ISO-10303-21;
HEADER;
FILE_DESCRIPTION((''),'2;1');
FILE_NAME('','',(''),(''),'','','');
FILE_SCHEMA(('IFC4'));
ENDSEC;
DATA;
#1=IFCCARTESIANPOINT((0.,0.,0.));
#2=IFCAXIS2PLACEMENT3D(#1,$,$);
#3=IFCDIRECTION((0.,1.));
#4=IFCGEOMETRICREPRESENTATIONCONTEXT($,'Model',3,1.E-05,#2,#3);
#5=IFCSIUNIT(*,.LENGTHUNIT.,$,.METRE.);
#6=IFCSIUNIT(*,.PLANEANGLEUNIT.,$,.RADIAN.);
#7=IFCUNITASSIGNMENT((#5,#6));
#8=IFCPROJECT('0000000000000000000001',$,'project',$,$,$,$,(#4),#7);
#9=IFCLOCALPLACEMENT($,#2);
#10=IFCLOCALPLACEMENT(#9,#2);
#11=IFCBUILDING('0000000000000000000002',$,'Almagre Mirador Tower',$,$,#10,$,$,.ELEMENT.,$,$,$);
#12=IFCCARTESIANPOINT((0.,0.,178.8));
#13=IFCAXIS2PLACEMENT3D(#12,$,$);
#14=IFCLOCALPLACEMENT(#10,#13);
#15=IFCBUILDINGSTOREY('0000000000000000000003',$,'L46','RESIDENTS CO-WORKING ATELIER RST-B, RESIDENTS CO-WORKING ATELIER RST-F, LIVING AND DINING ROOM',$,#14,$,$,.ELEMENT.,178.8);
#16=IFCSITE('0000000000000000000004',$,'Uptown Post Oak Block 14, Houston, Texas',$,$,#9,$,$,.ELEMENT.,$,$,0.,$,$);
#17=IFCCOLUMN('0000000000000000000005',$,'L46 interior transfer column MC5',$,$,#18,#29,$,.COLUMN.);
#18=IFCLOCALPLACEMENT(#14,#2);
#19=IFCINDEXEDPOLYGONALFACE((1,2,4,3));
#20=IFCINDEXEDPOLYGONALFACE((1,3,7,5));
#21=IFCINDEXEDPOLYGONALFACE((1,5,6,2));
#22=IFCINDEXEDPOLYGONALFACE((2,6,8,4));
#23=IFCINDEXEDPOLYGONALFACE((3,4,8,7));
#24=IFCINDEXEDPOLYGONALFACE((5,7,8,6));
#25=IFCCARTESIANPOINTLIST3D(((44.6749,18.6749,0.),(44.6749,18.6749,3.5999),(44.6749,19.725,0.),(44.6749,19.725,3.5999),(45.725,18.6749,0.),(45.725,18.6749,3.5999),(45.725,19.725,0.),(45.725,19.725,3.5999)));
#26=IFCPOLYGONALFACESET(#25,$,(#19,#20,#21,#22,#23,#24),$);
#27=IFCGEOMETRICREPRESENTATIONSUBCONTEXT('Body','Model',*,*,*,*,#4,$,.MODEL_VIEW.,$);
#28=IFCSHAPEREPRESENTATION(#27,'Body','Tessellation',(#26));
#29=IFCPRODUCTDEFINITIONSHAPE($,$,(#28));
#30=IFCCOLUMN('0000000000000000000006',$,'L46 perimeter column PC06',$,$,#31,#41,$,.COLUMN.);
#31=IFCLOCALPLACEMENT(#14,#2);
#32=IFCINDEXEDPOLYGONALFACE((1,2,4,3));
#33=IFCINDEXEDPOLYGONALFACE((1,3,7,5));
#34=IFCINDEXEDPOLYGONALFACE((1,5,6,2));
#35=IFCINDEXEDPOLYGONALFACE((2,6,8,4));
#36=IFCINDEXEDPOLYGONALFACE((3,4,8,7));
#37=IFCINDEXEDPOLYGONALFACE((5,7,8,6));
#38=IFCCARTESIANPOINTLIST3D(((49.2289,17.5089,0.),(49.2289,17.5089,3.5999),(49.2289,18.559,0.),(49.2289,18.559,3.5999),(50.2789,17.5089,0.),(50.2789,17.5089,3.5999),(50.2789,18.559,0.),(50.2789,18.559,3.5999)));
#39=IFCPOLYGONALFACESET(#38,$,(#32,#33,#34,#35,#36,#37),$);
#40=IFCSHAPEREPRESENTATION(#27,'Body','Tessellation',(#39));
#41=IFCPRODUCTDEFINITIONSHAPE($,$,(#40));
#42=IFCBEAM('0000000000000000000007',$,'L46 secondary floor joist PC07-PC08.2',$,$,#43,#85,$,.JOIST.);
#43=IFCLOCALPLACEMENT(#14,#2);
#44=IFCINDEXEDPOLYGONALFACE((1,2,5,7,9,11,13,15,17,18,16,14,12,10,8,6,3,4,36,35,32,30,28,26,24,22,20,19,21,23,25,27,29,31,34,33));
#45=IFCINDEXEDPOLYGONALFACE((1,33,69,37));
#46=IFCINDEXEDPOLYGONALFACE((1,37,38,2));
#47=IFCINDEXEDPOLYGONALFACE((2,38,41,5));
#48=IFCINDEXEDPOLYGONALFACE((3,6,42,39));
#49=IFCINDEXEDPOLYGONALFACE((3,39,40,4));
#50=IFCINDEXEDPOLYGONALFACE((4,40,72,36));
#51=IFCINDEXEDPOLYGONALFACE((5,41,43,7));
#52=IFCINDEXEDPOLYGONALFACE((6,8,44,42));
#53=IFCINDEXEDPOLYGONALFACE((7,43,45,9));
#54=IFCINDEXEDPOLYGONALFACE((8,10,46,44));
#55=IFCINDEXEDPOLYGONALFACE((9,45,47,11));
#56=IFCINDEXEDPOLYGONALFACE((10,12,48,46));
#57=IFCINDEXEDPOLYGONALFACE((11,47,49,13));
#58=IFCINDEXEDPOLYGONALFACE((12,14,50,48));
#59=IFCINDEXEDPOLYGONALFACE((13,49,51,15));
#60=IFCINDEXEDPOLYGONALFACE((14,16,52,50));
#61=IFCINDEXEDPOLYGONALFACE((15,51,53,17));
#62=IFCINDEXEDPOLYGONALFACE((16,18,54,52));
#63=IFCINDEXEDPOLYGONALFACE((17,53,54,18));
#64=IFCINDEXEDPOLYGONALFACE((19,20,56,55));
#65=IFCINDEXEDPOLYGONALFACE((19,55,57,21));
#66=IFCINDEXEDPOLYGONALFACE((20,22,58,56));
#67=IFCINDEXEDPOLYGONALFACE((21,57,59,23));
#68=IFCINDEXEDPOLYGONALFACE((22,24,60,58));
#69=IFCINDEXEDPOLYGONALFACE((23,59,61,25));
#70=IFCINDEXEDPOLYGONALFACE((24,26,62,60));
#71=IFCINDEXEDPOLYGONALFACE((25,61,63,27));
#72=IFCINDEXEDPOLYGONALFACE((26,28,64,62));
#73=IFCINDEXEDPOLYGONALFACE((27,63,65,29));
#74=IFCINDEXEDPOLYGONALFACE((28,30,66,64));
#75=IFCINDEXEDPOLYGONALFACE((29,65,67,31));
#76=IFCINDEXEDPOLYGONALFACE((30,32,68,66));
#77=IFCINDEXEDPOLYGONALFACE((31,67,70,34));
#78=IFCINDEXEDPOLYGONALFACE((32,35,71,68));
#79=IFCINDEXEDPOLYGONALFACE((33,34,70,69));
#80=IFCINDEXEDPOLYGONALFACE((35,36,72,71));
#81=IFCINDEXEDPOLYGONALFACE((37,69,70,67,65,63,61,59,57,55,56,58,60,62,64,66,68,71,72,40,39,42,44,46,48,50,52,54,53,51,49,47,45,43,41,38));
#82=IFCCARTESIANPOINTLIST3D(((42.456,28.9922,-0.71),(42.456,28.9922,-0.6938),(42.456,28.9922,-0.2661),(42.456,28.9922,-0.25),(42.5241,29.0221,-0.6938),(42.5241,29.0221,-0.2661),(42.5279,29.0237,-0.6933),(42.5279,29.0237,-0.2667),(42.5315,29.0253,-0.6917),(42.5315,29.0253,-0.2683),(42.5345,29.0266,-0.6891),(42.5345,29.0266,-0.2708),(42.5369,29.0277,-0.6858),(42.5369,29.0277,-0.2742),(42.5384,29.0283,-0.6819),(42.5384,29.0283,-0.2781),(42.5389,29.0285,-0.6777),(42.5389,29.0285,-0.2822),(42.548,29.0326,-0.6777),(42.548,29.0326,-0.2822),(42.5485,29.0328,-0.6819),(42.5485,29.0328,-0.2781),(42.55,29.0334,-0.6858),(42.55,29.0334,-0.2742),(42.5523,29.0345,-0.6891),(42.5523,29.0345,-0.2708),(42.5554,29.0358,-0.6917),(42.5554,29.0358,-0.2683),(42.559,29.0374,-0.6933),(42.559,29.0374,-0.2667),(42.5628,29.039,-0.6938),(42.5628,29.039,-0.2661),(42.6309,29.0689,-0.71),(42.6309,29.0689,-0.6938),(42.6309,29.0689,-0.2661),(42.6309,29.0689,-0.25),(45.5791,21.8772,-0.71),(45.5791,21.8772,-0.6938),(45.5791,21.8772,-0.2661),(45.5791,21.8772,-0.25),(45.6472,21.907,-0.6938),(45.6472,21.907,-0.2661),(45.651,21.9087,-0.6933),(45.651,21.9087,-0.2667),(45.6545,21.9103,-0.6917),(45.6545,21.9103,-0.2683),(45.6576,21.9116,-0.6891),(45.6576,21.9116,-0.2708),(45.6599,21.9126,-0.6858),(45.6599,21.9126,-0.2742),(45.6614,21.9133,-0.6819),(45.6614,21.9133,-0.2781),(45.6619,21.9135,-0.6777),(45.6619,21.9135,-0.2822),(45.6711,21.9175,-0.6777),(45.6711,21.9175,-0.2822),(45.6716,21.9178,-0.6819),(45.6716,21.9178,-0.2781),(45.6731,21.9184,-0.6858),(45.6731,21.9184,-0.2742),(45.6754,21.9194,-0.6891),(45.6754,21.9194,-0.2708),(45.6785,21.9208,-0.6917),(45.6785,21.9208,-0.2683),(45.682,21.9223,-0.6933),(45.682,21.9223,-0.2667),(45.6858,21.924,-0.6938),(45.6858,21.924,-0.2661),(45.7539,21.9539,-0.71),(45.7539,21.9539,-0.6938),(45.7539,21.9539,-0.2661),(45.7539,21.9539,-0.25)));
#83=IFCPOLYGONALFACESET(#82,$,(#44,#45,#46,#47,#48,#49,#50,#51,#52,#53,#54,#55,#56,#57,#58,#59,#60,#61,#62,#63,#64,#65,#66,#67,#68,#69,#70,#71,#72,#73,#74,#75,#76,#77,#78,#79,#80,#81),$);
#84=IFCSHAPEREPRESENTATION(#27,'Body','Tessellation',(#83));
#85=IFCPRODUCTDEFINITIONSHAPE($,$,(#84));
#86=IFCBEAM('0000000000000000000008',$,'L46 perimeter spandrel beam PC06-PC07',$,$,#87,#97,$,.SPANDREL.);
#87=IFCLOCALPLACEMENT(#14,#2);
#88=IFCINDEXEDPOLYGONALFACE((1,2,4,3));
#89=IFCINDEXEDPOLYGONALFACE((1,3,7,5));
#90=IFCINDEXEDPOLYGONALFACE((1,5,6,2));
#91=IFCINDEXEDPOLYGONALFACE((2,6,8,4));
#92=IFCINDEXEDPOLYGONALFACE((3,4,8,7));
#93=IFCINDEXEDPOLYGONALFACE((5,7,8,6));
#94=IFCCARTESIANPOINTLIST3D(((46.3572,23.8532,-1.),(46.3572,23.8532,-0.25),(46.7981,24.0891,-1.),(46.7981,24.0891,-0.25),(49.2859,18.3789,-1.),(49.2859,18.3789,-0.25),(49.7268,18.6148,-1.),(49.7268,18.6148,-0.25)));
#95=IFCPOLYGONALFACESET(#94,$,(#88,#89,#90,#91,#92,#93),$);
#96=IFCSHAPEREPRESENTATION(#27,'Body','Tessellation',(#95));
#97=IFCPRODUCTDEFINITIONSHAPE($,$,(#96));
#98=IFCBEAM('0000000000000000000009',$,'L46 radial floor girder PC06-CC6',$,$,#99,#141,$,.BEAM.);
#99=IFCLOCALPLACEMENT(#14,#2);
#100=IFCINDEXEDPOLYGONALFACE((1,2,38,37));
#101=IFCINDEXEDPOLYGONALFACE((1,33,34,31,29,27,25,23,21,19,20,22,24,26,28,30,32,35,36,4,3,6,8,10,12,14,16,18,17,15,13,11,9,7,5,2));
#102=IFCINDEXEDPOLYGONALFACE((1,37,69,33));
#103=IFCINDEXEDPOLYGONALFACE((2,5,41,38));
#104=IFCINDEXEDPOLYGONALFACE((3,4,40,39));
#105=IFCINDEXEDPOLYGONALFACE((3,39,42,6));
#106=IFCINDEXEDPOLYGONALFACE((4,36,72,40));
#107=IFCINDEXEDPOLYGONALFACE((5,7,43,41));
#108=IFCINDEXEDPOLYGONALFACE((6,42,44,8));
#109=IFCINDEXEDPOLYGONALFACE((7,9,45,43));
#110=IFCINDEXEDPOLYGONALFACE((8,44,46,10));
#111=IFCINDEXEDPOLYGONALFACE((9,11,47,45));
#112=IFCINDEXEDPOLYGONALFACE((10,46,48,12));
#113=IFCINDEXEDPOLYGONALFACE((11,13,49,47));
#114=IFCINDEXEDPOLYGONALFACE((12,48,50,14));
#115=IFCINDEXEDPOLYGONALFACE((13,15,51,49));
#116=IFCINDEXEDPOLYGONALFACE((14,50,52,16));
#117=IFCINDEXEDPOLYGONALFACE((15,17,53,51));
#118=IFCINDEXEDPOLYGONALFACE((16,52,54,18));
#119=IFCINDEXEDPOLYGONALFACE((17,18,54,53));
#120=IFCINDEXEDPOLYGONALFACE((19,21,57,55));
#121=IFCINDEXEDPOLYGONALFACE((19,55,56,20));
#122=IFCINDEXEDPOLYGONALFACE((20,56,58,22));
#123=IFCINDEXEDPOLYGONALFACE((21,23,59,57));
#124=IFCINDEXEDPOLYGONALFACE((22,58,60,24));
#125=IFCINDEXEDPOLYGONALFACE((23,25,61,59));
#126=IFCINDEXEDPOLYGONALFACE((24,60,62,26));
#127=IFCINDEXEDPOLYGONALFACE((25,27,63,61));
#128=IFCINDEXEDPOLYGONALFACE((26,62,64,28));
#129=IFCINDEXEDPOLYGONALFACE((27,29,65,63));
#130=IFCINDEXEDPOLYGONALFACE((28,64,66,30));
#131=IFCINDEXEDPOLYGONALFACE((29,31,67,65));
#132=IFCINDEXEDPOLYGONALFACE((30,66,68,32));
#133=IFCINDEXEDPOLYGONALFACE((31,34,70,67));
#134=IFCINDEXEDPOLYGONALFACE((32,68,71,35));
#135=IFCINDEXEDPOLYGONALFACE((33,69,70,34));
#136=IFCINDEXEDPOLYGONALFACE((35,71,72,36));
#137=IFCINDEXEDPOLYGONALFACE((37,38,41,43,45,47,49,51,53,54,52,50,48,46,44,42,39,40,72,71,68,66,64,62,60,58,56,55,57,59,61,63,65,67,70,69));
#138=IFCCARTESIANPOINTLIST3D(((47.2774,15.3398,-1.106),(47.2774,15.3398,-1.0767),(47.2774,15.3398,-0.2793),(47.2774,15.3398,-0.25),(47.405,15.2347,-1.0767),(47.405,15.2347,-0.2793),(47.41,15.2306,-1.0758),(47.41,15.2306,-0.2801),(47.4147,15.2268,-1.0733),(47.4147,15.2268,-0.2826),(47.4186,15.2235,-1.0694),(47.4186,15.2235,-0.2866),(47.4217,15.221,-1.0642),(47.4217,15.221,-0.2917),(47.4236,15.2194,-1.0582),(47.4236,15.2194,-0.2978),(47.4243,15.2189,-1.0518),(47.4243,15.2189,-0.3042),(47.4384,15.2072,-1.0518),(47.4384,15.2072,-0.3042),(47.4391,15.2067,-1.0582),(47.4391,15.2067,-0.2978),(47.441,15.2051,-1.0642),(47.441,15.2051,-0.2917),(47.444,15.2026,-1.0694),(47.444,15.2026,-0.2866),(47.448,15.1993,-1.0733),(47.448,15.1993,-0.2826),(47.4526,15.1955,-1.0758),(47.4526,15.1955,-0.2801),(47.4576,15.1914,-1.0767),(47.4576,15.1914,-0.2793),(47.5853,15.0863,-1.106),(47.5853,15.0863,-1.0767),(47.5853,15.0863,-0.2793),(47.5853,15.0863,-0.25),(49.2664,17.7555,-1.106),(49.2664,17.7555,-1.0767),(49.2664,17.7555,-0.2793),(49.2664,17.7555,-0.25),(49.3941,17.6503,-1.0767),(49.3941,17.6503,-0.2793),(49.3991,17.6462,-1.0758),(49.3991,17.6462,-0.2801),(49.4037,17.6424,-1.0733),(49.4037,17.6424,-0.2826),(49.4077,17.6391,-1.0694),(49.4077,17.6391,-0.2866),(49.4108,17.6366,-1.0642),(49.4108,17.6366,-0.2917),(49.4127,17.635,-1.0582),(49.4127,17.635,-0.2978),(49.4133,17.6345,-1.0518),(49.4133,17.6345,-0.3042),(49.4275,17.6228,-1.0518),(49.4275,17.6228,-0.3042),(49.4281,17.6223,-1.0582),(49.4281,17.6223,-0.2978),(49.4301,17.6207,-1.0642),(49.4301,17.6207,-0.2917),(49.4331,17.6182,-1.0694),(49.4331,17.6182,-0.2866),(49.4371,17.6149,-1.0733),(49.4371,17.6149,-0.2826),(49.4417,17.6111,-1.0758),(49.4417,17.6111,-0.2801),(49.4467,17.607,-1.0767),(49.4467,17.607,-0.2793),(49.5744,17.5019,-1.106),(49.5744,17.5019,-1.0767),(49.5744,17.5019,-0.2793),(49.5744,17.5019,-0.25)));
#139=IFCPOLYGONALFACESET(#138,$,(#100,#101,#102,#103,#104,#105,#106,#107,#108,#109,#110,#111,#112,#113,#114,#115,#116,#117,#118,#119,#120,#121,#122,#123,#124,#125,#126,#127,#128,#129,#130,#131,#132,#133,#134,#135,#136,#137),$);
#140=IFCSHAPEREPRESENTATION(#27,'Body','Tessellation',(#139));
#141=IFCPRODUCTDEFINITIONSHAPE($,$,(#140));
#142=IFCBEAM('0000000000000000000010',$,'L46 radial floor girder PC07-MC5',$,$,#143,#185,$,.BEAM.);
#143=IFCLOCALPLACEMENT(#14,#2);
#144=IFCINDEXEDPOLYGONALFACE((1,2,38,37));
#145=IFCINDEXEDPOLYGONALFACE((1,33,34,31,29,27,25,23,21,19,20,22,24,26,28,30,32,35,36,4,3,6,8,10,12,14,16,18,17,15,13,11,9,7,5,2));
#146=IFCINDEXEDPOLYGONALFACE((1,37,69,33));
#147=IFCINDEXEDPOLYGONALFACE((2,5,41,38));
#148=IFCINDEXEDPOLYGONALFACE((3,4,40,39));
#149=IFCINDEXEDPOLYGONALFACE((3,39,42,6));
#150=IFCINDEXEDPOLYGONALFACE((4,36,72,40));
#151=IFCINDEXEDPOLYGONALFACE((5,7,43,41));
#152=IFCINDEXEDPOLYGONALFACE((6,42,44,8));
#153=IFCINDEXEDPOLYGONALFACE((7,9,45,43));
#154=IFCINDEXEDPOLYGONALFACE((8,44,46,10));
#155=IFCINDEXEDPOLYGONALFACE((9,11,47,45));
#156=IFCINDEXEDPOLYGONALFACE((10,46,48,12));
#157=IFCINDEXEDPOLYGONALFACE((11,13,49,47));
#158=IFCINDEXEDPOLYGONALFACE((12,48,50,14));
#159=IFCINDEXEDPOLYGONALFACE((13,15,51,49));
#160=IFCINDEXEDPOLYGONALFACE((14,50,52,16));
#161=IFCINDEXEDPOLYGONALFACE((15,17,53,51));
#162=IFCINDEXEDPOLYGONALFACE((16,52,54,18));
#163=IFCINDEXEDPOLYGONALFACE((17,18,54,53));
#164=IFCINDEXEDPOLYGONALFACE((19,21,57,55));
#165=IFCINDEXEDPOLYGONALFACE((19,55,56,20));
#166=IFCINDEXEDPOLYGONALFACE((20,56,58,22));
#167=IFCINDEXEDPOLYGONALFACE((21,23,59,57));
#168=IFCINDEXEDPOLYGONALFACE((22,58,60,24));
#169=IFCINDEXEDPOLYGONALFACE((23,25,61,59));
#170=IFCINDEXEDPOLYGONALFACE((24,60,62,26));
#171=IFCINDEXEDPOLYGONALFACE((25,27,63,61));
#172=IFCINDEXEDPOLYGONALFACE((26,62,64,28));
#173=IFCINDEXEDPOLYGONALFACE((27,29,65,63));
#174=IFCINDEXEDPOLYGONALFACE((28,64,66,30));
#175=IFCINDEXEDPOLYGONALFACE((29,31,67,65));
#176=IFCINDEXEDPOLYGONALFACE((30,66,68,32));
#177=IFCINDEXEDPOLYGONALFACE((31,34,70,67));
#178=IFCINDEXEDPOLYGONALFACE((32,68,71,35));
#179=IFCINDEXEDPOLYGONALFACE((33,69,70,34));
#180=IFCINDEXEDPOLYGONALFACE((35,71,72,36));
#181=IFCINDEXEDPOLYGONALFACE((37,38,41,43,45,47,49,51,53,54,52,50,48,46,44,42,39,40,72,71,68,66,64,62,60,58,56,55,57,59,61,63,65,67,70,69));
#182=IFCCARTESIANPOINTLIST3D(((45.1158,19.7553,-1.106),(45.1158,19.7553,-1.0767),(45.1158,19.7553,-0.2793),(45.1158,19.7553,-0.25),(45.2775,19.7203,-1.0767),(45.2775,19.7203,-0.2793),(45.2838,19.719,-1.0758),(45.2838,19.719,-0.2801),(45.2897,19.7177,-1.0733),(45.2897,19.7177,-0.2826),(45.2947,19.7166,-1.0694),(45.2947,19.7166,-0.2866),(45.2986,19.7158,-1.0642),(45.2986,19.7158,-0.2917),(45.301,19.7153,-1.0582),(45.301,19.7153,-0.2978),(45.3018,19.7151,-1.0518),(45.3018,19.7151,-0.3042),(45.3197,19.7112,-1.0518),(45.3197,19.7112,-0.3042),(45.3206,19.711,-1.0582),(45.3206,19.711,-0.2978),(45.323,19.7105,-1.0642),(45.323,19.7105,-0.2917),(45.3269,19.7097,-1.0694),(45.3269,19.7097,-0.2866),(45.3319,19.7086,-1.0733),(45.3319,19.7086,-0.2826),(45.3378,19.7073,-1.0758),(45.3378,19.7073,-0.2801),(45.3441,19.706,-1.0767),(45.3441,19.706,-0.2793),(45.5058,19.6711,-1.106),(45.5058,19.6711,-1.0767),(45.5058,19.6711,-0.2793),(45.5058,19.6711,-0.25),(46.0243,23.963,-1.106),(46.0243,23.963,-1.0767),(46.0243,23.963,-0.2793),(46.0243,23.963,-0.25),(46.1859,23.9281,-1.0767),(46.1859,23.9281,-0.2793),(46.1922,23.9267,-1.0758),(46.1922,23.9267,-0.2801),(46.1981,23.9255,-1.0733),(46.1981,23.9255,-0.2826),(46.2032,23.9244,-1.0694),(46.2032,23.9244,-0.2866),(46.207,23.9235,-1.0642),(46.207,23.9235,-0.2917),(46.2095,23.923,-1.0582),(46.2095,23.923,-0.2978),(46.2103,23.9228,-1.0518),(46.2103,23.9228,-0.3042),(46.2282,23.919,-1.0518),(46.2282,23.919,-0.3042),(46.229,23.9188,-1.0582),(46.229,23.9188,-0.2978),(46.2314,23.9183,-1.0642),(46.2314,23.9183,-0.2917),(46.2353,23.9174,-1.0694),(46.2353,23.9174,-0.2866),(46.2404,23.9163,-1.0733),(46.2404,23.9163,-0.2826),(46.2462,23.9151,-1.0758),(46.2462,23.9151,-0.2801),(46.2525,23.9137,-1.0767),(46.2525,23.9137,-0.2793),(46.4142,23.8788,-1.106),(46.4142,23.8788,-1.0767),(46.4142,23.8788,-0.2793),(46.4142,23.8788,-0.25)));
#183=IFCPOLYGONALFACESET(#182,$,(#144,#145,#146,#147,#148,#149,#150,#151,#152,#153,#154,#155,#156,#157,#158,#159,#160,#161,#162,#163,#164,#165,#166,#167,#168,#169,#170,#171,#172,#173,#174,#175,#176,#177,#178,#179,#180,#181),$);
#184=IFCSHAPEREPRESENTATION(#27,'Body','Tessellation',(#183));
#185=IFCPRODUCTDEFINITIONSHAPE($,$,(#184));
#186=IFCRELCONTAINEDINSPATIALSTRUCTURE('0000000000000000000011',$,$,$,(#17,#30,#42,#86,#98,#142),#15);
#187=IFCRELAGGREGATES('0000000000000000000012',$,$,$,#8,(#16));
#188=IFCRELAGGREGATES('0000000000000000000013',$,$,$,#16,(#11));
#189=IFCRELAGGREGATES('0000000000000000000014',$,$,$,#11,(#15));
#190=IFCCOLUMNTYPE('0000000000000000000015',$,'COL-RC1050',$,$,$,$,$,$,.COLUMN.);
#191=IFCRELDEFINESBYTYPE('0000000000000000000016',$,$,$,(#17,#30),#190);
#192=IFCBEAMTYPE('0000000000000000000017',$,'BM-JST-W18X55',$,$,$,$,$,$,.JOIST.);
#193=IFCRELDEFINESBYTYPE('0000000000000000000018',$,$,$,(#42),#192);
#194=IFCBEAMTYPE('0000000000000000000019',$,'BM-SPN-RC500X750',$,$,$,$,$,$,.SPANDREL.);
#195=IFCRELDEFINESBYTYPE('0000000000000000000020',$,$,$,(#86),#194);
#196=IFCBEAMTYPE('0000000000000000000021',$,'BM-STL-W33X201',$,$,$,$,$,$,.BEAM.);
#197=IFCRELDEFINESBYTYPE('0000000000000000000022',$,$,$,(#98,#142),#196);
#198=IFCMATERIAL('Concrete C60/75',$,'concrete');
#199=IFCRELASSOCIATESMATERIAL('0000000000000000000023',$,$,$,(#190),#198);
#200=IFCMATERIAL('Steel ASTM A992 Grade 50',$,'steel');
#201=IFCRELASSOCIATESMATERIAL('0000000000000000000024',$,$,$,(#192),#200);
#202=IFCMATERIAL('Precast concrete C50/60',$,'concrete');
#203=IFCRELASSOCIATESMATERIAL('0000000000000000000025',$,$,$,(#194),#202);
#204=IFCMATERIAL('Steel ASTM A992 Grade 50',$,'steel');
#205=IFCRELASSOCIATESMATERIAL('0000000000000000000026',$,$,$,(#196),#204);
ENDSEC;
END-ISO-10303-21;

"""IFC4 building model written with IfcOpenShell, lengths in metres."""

from ifc_helpers import new_model, si_unit, direction, frame, origin, origin_2d, place, context, subcontext, project, spatial, rectangle, i_section, extrude, material, material_profile, profile_set, type_object, element, save


model = new_model("IFC4")

# Units and contexts
model_context = context("Model", 3, precision=1e-05, world=origin(), true_north=direction((0.0, 1.0)))
body_context = subcontext(model_context, "Body", "Model", "MODEL_VIEW")
ifc_project = project(units=[si_unit("LENGTHUNIT", "METRE"), si_unit("PLANEANGLEUNIT", "RADIAN")], contexts=[model_context])

# Site, building, storey
site_placement = place(None, origin())
site = spatial("IfcSite", under=ifc_project, at=site_placement, Name="Uptown Post Oak Block 14, Houston, Texas", CompositionType="ELEMENT", RefElevation=0.0)
building_placement = place(site_placement, origin())
building = spatial("IfcBuilding", under=site, at=building_placement, Name="Almagre Mirador Tower", CompositionType="ELEMENT")
storey_placement = place(building_placement, frame((0.0, 0.0, 178.8)))
storey = spatial("IfcBuildingStorey", under=building, at=storey_placement, Name="L46", Description="RESIDENTS CO-WORKING ATELIER RST-B, RESIDENTS CO-WORKING ATELIER RST-F, LIVING AND DINING ROOM", CompositionType="ELEMENT", Elevation=178.8)

# Columns
ifc_material_1 = material(Name="Concrete C60/75", Category="concrete")
ifc_material_profile_1 = material_profile(ifc_material_1, rectangle(XDim=1.05, YDim=1.05, at=origin_2d()), Name="RC1050X1050")
ifc_profile_set_1 = profile_set([ifc_material_profile_1], Name="Concrete C60/75")
column_type = type_object("IfcColumnType", Name="COL-RC1050", PredefinedType="COLUMN", material=ifc_profile_set_1)
for number, where, z_axis, x_axis, name in (
    (1, (45.2, 19.2, 0.0), (0.0, 0.0, 1.0), (1.0, 0.0, 0.0), "L46 interior transfer column MC5"),
    (2, (49.7539, 18.0339, 0.0), (0.0, 0.0, 1.0), (1.0, 0.0, 0.0), "L46 perimeter column PC06"),
):
    element("IfcColumn", number, at=place(storey_placement, frame(where, z_axis=z_axis, x_axis=x_axis)), inside=storey, type_object=column_type, Name=name, PredefinedType="COLUMN", context=body_context, shape_type="SweptSolid", body=[
        extrude(rectangle(XDim=1.05, YDim=1.05, at=origin_2d()), origin(), (0.0, 0.0, 1.0), 3.5999),
    ])

# Beams
ifc_material_2 = material(Name="Steel ASTM A992 Grade 50", Category="steel")
ifc_material_profile_2 = material_profile(ifc_material_2, i_section(OverallWidth=0.1909, OverallDepth=0.46, WebThickness=0.01, FlangeThickness=0.0161, FilletRadius=0.0161, at=origin_2d()), Name="W18X55")
ifc_profile_set_2 = profile_set([ifc_material_profile_2], Name="Steel ASTM A992 Grade 50")
beam_type_1 = type_object("IfcBeamType", Name="BM-JST-W18X55", PredefinedType="JOIST", material=ifc_profile_set_2)
beam_1_placement = place(storey_placement, frame((45.6665, 21.9155, -0.48), z_axis=(-0.401925, 0.915673, 0.0), x_axis=(-0.915673, -0.401925, 0.0)))
element("IfcBeam", 3, at=beam_1_placement, inside=storey, type_object=beam_type_1, Name="L46 secondary floor joist PC07-PC08.2", PredefinedType="JOIST", context=body_context, shape_type="SweptSolid", body=[
    extrude(i_section(OverallWidth=0.1909, OverallDepth=0.46, WebThickness=0.01, FlangeThickness=0.0161, FilletRadius=0.0161, at=origin_2d()), origin(), (0.0, 0.0, 1.0), 7.7703),
])
ifc_material_3 = material(Name="Precast concrete C50/60", Category="concrete")
ifc_material_profile_3 = material_profile(ifc_material_3, rectangle(XDim=0.5, YDim=0.75, at=origin_2d()), Name="RC500X750")
ifc_profile_set_3 = profile_set([ifc_material_profile_3], Name="Precast concrete C50/60")
beam_type_2 = type_object("IfcBeamType", Name="BM-SPN-RC500X750", PredefinedType="SPANDREL", material=ifc_profile_set_3)
beam_2_placement = place(storey_placement, frame((49.5063, 18.4968, -0.625), z_axis=(-0.471723, 0.881747, 0.0), x_axis=(-0.881747, -0.471723, 0.0)))
element("IfcBeam", 4, at=beam_2_placement, inside=storey, type_object=beam_type_2, Name="L46 perimeter spandrel beam PC06-PC07", PredefinedType="SPANDREL", context=body_context, shape_type="SweptSolid", body=[
    extrude(rectangle(XDim=0.5, YDim=0.75, at=origin_2d()), origin(), (0.0, 0.0, 1.0), 6.2085),
])
ifc_material_4 = material(Name="Steel ASTM A992 Grade 50", Category="steel")
ifc_material_profile_4 = material_profile(ifc_material_4, i_section(OverallWidth=0.3989, OverallDepth=0.856, WebThickness=0.0183, FlangeThickness=0.0293, FilletRadius=0.0249, at=origin_2d()), Name="W33X201")
ifc_profile_set_4 = profile_set([ifc_material_profile_4], Name="Steel ASTM A992 Grade 50")
beam_type_3 = type_object("IfcBeamType", Name="BM-STL-W33X201", PredefinedType="BEAM", material=ifc_profile_set_4)
beam_3_placement = place(storey_placement, frame((49.4204, 17.6287, -0.678), z_axis=(-0.635661, -0.771969, 0.0), x_axis=(0.771969, -0.635661, 0.0)))
element("IfcBeam", 5, at=beam_3_placement, inside=storey, type_object=beam_type_3, Name="L46 radial floor girder PC06-CC6", PredefinedType="BEAM", context=body_context, shape_type="SweptSolid", body=[
    extrude(i_section(OverallWidth=0.3989, OverallDepth=0.856, WebThickness=0.0183, FlangeThickness=0.0293, FilletRadius=0.0249, at=origin_2d()), origin(), (0.0, 0.0, 1.0), 3.1292),
])
beam_4_placement = place(storey_placement, frame((46.2192, 23.9209, -0.678), z_axis=(-0.211036, -0.977478, 0.0), x_axis=(0.977478, -0.211036, 0.0)))
element("IfcBeam", 6, at=beam_4_placement, inside=storey, type_object=beam_type_3, Name="L46 radial floor girder PC07-MC5", PredefinedType="BEAM", context=body_context, shape_type="SweptSolid", body=[
    extrude(i_section(OverallWidth=0.3989, OverallDepth=0.856, WebThickness=0.0183, FlangeThickness=0.0293, FilletRadius=0.0249, at=origin_2d()), origin(), (0.0, 0.0, 1.0), 4.3047),
])

save(model, "model.ifc")
